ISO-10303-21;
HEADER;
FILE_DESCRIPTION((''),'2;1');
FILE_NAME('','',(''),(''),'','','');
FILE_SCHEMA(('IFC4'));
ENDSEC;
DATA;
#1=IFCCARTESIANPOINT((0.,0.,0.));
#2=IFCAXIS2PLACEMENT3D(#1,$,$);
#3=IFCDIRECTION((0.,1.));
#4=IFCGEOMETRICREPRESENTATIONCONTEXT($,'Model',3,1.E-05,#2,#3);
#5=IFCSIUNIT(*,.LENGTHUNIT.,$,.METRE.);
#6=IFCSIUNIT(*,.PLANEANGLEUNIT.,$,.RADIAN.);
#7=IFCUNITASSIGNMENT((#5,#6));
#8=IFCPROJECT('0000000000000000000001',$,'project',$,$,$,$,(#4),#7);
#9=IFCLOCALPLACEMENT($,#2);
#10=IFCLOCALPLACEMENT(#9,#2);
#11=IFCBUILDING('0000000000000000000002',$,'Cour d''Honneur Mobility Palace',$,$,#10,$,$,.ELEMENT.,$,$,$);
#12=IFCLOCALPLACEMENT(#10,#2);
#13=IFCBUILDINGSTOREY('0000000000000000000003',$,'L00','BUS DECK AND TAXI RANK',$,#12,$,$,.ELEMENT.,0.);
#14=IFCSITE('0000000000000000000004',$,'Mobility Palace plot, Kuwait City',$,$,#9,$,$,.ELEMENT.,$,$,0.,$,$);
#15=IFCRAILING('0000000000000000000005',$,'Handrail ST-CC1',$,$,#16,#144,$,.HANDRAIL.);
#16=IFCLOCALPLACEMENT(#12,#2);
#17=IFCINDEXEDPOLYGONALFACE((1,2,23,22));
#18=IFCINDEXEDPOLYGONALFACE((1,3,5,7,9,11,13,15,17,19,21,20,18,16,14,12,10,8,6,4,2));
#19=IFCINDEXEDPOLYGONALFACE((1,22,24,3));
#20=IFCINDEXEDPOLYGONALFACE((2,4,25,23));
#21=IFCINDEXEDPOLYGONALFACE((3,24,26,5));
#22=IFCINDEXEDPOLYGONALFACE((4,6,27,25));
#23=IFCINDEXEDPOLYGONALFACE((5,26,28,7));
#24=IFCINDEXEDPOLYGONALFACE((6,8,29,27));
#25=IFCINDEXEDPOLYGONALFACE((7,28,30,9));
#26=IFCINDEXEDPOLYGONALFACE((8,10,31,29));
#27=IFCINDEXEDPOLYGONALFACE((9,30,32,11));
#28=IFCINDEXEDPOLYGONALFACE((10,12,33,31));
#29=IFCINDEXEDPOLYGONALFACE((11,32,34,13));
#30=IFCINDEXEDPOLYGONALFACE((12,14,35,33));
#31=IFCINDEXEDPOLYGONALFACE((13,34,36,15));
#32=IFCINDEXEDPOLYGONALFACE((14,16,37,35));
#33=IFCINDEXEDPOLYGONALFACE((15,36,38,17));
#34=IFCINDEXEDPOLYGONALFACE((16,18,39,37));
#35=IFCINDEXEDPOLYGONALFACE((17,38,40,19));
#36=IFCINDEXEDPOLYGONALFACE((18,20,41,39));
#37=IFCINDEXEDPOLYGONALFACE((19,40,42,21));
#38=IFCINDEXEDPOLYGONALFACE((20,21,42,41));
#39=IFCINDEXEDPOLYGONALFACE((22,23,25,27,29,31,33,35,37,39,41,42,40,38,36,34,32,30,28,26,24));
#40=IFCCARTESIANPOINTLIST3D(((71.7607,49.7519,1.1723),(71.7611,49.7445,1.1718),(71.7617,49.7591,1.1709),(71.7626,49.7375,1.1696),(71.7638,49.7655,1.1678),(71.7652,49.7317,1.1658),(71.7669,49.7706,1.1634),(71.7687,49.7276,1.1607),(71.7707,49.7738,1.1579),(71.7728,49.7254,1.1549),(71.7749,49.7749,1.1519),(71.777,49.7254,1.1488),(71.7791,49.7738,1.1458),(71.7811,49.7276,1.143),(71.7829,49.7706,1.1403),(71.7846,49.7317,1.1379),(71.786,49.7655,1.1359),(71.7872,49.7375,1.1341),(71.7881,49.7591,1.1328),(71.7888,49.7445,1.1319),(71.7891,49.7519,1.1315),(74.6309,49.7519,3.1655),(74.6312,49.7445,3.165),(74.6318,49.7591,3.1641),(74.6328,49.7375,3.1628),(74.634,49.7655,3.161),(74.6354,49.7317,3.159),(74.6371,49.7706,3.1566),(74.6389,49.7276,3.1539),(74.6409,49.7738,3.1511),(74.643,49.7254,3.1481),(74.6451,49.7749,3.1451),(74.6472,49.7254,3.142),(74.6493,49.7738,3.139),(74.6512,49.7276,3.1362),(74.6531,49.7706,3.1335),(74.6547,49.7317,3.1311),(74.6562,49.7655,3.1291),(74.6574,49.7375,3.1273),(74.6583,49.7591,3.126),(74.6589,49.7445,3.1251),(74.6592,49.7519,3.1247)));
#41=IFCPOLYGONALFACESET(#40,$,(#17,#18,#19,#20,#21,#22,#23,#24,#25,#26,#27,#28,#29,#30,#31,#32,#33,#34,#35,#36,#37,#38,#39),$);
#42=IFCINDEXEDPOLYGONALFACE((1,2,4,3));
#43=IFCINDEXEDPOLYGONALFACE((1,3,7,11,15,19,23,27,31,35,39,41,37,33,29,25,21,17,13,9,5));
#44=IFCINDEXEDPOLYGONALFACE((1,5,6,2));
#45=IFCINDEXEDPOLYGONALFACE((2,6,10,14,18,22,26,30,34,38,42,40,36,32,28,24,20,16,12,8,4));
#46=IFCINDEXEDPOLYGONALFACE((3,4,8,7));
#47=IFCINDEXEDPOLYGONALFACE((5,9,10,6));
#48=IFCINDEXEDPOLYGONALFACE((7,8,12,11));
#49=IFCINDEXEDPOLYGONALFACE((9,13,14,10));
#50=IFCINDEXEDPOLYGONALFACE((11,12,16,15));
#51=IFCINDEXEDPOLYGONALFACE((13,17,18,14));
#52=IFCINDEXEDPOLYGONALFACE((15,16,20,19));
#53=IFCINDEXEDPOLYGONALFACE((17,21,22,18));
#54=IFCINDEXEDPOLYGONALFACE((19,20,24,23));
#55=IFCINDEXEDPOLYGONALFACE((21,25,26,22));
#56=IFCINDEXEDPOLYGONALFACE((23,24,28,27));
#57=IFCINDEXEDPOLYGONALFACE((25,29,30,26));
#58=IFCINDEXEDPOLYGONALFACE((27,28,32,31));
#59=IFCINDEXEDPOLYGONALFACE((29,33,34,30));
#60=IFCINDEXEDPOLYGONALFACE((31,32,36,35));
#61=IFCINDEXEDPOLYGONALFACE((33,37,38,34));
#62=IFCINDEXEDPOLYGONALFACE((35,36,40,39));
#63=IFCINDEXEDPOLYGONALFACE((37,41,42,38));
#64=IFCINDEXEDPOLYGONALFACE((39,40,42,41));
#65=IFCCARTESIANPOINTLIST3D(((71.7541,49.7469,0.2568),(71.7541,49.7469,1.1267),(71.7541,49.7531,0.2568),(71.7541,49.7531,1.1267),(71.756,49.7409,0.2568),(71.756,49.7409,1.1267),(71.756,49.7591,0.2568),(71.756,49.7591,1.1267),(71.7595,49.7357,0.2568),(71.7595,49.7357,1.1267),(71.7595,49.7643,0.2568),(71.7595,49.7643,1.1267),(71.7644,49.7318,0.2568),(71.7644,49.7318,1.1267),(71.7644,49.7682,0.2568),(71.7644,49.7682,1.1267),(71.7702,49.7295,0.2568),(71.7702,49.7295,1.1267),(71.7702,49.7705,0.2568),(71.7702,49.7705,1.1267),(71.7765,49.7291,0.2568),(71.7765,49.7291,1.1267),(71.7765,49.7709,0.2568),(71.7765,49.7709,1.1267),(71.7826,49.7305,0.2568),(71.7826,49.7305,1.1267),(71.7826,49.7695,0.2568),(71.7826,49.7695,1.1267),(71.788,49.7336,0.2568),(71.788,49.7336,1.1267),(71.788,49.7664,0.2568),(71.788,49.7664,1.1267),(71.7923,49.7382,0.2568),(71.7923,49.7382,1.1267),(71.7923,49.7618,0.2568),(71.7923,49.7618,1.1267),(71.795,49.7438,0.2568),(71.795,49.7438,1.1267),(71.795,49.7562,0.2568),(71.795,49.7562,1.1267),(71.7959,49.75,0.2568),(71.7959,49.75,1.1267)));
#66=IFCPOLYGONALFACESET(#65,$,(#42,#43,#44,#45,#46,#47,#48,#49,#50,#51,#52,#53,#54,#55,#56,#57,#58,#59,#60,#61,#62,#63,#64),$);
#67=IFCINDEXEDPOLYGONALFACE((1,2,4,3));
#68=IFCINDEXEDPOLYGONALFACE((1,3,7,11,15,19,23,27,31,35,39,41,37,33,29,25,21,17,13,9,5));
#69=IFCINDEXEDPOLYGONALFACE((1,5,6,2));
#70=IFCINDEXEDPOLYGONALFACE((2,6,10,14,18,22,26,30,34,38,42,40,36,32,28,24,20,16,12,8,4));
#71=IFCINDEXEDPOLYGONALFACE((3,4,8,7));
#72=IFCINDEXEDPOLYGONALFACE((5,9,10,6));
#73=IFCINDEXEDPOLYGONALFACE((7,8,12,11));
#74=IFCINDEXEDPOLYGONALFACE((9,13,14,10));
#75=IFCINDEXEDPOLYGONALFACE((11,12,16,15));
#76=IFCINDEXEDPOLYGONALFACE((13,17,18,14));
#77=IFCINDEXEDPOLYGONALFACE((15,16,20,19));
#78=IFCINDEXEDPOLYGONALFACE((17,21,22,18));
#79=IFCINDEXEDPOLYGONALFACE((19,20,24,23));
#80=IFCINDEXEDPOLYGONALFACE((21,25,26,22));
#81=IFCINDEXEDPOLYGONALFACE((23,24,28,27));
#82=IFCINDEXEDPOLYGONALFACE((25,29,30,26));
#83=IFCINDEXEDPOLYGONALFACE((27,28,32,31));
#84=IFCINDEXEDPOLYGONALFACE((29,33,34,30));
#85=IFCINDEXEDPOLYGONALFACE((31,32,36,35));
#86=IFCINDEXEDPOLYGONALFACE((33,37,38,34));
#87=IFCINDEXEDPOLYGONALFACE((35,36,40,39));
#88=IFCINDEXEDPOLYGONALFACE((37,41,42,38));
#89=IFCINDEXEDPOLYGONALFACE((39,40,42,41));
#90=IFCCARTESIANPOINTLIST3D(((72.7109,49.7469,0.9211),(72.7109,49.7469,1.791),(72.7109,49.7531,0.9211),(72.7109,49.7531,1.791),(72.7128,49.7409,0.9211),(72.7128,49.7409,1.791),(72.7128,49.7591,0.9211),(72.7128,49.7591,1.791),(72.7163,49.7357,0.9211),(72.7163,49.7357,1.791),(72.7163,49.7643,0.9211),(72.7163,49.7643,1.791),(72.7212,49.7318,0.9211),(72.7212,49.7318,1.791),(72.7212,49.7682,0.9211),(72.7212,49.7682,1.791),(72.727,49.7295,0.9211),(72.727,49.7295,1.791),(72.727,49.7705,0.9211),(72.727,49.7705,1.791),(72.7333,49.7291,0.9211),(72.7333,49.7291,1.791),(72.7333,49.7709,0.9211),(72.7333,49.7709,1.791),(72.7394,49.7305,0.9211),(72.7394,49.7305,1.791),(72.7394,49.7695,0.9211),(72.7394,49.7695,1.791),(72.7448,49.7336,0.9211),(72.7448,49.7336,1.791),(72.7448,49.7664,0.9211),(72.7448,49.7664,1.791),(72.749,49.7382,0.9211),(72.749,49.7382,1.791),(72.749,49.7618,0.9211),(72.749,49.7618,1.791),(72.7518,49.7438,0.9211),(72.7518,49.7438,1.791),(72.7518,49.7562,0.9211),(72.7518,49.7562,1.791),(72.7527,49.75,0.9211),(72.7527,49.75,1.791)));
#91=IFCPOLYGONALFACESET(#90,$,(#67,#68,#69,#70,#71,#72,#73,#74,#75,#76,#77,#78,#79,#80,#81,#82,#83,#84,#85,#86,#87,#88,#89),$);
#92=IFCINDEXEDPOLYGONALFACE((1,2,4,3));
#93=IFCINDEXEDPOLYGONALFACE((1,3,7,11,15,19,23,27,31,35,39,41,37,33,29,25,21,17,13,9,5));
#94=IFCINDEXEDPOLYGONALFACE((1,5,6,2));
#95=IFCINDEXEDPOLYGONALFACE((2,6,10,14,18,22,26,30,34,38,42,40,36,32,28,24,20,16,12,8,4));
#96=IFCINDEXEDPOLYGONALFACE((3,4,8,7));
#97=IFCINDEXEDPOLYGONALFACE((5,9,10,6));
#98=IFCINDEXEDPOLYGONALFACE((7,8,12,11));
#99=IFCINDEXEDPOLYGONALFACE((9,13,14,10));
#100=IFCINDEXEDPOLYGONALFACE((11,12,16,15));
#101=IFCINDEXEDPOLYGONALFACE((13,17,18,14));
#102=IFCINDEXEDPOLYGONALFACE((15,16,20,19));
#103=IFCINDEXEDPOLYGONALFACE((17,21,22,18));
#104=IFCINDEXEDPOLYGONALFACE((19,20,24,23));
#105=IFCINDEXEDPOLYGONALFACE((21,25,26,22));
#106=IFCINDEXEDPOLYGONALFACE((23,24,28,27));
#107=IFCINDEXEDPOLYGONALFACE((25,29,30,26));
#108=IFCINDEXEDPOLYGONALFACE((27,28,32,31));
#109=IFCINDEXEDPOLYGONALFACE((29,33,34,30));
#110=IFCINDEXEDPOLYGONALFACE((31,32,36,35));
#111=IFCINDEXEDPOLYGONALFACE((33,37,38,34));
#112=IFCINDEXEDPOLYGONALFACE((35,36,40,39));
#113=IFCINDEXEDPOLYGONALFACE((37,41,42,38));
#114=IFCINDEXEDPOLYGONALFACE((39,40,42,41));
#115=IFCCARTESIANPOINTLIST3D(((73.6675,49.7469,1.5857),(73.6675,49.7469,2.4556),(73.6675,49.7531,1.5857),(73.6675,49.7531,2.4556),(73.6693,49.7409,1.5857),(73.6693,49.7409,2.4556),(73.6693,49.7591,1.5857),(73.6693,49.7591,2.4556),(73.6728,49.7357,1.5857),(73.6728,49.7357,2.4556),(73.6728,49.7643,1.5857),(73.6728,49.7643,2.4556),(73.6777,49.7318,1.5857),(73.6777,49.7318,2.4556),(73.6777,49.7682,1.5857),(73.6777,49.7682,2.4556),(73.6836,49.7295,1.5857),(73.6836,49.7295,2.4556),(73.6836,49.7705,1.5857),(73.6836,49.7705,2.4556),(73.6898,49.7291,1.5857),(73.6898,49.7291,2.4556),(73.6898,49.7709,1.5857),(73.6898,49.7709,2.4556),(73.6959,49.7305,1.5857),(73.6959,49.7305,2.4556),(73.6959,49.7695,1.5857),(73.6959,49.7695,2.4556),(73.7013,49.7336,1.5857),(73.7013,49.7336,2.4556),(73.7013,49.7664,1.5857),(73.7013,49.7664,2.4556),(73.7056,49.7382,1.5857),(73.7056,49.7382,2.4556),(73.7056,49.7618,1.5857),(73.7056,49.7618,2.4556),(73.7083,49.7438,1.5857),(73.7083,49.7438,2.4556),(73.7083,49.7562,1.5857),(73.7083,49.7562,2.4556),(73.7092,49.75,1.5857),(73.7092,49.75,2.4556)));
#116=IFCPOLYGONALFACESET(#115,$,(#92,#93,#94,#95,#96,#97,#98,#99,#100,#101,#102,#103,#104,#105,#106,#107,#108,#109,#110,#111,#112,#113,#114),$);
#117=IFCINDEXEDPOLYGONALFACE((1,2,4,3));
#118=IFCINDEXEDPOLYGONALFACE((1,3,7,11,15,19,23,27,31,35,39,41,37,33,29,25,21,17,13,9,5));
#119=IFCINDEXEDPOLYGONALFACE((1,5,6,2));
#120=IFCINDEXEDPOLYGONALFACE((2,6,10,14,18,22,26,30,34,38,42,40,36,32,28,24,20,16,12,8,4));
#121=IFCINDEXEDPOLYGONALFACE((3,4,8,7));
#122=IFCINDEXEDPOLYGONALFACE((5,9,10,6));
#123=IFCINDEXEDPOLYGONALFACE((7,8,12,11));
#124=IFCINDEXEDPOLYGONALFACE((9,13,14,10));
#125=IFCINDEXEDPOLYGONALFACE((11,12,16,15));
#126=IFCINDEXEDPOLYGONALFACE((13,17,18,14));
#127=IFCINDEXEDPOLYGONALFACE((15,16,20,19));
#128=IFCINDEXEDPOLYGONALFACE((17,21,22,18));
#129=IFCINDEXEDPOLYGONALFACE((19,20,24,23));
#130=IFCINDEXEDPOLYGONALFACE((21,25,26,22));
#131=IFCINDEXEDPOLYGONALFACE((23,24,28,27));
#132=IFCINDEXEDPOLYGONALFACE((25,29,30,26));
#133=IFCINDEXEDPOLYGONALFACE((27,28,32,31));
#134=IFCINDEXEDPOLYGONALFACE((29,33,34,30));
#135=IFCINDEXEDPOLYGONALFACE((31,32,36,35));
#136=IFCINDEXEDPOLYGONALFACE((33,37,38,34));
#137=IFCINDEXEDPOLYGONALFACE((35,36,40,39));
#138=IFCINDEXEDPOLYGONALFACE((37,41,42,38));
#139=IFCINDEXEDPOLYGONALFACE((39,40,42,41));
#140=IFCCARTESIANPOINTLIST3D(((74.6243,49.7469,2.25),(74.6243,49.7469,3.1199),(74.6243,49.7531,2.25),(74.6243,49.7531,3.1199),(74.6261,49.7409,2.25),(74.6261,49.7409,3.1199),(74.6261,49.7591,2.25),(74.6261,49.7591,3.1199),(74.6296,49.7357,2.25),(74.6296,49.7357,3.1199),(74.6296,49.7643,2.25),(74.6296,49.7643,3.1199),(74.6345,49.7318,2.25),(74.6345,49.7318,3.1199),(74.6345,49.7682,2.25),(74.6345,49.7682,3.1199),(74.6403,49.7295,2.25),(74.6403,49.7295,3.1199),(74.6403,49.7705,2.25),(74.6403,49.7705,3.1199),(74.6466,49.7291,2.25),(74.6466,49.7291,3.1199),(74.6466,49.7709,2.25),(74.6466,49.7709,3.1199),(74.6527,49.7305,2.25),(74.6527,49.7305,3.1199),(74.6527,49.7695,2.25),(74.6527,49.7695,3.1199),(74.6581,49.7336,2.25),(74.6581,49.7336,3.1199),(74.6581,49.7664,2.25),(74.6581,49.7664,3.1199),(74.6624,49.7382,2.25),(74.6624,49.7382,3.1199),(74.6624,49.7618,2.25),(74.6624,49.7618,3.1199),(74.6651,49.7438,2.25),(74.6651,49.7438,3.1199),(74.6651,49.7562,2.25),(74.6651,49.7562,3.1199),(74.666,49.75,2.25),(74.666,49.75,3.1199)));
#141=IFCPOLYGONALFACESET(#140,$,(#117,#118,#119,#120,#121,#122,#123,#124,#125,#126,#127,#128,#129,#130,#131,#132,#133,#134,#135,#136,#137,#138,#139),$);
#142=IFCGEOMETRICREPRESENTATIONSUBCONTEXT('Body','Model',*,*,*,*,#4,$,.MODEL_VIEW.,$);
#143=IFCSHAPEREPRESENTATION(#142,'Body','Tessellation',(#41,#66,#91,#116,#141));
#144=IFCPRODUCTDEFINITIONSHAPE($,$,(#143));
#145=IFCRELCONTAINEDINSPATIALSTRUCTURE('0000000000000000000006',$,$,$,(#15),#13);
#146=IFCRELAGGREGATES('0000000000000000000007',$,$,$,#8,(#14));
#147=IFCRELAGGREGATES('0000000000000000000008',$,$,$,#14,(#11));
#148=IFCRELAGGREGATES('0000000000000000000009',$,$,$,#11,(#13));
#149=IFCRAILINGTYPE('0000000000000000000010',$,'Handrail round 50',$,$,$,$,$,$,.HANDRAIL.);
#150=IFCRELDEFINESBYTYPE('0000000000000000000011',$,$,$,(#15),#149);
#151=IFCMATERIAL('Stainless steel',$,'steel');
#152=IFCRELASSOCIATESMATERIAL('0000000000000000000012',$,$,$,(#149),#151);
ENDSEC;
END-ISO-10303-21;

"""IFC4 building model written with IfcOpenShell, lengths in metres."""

from ifc_helpers import new_model, si_unit, direction, frame, origin, origin_2d, place, context, subcontext, project, spatial, circle, extrude, material, type_object, element, save


model = new_model("IFC4")

# Units and contexts
model_context = context("Model", 3, precision=1e-05, world=origin(), true_north=direction((0.0, 1.0)))
body_context = subcontext(model_context, "Body", "Model", "MODEL_VIEW")
ifc_project = project(units=[si_unit("LENGTHUNIT", "METRE"), si_unit("PLANEANGLEUNIT", "RADIAN")], contexts=[model_context])

# Site, building, storey
site_placement = place(None, origin())
site = spatial("IfcSite", under=ifc_project, at=site_placement, Name="Mobility Palace plot, Kuwait City", CompositionType="ELEMENT", RefElevation=0.0)
building_placement = place(site_placement, origin())
building = spatial("IfcBuilding", under=site, at=building_placement, Name="Cour d'Honneur Mobility Palace", CompositionType="ELEMENT")
storey_placement = place(building_placement, origin())
storey = spatial("IfcBuildingStorey", under=building, at=storey_placement, Name="L00", Description="BUS DECK AND TAXI RANK", CompositionType="ELEMENT", Elevation=0.0)

# Railing
ifc_material_1 = material(Name="Stainless steel", Category="steel")
railing_type = type_object("IfcRailingType", Name="Handrail round 50", PredefinedType="HANDRAIL", material=ifc_material_1)
railing_1_placement = place(storey_placement, frame((71.7749, 49.75, 0.2568)))
element("IfcRailing", 1, at=railing_1_placement, inside=storey, type_object=railing_type, Name="Handrail ST-CC1", PredefinedType="HANDRAIL", context=body_context, shape_type="SweptSolid", body=[
    extrude(circle(Radius=0.0249, at=origin_2d()), frame((0.0, 0.0, 0.895), z_axis=(0.821366, 0.0, 0.570401), x_axis=(0.0, 1.0, 0.0)), (0.0, 0.0, 1.0), 3.4944),
    extrude(circle(Radius=0.021, at=origin_2d()), origin(), (0.0, 0.0, 1.0), 0.8699),
    extrude(circle(Radius=0.021, at=origin_2d()), frame((0.9568, 0.0, 0.6643)), (0.0, 0.0, 1.0), 0.8699),
    extrude(circle(Radius=0.021, at=origin_2d()), frame((1.9133, 0.0, 1.3289)), (0.0, 0.0, 1.0), 0.8699),
    extrude(circle(Radius=0.021, at=origin_2d()), frame((2.8701, 0.0, 1.9932)), (0.0, 0.0, 1.0), 0.8699),
])

save(model, "model.ifc")
